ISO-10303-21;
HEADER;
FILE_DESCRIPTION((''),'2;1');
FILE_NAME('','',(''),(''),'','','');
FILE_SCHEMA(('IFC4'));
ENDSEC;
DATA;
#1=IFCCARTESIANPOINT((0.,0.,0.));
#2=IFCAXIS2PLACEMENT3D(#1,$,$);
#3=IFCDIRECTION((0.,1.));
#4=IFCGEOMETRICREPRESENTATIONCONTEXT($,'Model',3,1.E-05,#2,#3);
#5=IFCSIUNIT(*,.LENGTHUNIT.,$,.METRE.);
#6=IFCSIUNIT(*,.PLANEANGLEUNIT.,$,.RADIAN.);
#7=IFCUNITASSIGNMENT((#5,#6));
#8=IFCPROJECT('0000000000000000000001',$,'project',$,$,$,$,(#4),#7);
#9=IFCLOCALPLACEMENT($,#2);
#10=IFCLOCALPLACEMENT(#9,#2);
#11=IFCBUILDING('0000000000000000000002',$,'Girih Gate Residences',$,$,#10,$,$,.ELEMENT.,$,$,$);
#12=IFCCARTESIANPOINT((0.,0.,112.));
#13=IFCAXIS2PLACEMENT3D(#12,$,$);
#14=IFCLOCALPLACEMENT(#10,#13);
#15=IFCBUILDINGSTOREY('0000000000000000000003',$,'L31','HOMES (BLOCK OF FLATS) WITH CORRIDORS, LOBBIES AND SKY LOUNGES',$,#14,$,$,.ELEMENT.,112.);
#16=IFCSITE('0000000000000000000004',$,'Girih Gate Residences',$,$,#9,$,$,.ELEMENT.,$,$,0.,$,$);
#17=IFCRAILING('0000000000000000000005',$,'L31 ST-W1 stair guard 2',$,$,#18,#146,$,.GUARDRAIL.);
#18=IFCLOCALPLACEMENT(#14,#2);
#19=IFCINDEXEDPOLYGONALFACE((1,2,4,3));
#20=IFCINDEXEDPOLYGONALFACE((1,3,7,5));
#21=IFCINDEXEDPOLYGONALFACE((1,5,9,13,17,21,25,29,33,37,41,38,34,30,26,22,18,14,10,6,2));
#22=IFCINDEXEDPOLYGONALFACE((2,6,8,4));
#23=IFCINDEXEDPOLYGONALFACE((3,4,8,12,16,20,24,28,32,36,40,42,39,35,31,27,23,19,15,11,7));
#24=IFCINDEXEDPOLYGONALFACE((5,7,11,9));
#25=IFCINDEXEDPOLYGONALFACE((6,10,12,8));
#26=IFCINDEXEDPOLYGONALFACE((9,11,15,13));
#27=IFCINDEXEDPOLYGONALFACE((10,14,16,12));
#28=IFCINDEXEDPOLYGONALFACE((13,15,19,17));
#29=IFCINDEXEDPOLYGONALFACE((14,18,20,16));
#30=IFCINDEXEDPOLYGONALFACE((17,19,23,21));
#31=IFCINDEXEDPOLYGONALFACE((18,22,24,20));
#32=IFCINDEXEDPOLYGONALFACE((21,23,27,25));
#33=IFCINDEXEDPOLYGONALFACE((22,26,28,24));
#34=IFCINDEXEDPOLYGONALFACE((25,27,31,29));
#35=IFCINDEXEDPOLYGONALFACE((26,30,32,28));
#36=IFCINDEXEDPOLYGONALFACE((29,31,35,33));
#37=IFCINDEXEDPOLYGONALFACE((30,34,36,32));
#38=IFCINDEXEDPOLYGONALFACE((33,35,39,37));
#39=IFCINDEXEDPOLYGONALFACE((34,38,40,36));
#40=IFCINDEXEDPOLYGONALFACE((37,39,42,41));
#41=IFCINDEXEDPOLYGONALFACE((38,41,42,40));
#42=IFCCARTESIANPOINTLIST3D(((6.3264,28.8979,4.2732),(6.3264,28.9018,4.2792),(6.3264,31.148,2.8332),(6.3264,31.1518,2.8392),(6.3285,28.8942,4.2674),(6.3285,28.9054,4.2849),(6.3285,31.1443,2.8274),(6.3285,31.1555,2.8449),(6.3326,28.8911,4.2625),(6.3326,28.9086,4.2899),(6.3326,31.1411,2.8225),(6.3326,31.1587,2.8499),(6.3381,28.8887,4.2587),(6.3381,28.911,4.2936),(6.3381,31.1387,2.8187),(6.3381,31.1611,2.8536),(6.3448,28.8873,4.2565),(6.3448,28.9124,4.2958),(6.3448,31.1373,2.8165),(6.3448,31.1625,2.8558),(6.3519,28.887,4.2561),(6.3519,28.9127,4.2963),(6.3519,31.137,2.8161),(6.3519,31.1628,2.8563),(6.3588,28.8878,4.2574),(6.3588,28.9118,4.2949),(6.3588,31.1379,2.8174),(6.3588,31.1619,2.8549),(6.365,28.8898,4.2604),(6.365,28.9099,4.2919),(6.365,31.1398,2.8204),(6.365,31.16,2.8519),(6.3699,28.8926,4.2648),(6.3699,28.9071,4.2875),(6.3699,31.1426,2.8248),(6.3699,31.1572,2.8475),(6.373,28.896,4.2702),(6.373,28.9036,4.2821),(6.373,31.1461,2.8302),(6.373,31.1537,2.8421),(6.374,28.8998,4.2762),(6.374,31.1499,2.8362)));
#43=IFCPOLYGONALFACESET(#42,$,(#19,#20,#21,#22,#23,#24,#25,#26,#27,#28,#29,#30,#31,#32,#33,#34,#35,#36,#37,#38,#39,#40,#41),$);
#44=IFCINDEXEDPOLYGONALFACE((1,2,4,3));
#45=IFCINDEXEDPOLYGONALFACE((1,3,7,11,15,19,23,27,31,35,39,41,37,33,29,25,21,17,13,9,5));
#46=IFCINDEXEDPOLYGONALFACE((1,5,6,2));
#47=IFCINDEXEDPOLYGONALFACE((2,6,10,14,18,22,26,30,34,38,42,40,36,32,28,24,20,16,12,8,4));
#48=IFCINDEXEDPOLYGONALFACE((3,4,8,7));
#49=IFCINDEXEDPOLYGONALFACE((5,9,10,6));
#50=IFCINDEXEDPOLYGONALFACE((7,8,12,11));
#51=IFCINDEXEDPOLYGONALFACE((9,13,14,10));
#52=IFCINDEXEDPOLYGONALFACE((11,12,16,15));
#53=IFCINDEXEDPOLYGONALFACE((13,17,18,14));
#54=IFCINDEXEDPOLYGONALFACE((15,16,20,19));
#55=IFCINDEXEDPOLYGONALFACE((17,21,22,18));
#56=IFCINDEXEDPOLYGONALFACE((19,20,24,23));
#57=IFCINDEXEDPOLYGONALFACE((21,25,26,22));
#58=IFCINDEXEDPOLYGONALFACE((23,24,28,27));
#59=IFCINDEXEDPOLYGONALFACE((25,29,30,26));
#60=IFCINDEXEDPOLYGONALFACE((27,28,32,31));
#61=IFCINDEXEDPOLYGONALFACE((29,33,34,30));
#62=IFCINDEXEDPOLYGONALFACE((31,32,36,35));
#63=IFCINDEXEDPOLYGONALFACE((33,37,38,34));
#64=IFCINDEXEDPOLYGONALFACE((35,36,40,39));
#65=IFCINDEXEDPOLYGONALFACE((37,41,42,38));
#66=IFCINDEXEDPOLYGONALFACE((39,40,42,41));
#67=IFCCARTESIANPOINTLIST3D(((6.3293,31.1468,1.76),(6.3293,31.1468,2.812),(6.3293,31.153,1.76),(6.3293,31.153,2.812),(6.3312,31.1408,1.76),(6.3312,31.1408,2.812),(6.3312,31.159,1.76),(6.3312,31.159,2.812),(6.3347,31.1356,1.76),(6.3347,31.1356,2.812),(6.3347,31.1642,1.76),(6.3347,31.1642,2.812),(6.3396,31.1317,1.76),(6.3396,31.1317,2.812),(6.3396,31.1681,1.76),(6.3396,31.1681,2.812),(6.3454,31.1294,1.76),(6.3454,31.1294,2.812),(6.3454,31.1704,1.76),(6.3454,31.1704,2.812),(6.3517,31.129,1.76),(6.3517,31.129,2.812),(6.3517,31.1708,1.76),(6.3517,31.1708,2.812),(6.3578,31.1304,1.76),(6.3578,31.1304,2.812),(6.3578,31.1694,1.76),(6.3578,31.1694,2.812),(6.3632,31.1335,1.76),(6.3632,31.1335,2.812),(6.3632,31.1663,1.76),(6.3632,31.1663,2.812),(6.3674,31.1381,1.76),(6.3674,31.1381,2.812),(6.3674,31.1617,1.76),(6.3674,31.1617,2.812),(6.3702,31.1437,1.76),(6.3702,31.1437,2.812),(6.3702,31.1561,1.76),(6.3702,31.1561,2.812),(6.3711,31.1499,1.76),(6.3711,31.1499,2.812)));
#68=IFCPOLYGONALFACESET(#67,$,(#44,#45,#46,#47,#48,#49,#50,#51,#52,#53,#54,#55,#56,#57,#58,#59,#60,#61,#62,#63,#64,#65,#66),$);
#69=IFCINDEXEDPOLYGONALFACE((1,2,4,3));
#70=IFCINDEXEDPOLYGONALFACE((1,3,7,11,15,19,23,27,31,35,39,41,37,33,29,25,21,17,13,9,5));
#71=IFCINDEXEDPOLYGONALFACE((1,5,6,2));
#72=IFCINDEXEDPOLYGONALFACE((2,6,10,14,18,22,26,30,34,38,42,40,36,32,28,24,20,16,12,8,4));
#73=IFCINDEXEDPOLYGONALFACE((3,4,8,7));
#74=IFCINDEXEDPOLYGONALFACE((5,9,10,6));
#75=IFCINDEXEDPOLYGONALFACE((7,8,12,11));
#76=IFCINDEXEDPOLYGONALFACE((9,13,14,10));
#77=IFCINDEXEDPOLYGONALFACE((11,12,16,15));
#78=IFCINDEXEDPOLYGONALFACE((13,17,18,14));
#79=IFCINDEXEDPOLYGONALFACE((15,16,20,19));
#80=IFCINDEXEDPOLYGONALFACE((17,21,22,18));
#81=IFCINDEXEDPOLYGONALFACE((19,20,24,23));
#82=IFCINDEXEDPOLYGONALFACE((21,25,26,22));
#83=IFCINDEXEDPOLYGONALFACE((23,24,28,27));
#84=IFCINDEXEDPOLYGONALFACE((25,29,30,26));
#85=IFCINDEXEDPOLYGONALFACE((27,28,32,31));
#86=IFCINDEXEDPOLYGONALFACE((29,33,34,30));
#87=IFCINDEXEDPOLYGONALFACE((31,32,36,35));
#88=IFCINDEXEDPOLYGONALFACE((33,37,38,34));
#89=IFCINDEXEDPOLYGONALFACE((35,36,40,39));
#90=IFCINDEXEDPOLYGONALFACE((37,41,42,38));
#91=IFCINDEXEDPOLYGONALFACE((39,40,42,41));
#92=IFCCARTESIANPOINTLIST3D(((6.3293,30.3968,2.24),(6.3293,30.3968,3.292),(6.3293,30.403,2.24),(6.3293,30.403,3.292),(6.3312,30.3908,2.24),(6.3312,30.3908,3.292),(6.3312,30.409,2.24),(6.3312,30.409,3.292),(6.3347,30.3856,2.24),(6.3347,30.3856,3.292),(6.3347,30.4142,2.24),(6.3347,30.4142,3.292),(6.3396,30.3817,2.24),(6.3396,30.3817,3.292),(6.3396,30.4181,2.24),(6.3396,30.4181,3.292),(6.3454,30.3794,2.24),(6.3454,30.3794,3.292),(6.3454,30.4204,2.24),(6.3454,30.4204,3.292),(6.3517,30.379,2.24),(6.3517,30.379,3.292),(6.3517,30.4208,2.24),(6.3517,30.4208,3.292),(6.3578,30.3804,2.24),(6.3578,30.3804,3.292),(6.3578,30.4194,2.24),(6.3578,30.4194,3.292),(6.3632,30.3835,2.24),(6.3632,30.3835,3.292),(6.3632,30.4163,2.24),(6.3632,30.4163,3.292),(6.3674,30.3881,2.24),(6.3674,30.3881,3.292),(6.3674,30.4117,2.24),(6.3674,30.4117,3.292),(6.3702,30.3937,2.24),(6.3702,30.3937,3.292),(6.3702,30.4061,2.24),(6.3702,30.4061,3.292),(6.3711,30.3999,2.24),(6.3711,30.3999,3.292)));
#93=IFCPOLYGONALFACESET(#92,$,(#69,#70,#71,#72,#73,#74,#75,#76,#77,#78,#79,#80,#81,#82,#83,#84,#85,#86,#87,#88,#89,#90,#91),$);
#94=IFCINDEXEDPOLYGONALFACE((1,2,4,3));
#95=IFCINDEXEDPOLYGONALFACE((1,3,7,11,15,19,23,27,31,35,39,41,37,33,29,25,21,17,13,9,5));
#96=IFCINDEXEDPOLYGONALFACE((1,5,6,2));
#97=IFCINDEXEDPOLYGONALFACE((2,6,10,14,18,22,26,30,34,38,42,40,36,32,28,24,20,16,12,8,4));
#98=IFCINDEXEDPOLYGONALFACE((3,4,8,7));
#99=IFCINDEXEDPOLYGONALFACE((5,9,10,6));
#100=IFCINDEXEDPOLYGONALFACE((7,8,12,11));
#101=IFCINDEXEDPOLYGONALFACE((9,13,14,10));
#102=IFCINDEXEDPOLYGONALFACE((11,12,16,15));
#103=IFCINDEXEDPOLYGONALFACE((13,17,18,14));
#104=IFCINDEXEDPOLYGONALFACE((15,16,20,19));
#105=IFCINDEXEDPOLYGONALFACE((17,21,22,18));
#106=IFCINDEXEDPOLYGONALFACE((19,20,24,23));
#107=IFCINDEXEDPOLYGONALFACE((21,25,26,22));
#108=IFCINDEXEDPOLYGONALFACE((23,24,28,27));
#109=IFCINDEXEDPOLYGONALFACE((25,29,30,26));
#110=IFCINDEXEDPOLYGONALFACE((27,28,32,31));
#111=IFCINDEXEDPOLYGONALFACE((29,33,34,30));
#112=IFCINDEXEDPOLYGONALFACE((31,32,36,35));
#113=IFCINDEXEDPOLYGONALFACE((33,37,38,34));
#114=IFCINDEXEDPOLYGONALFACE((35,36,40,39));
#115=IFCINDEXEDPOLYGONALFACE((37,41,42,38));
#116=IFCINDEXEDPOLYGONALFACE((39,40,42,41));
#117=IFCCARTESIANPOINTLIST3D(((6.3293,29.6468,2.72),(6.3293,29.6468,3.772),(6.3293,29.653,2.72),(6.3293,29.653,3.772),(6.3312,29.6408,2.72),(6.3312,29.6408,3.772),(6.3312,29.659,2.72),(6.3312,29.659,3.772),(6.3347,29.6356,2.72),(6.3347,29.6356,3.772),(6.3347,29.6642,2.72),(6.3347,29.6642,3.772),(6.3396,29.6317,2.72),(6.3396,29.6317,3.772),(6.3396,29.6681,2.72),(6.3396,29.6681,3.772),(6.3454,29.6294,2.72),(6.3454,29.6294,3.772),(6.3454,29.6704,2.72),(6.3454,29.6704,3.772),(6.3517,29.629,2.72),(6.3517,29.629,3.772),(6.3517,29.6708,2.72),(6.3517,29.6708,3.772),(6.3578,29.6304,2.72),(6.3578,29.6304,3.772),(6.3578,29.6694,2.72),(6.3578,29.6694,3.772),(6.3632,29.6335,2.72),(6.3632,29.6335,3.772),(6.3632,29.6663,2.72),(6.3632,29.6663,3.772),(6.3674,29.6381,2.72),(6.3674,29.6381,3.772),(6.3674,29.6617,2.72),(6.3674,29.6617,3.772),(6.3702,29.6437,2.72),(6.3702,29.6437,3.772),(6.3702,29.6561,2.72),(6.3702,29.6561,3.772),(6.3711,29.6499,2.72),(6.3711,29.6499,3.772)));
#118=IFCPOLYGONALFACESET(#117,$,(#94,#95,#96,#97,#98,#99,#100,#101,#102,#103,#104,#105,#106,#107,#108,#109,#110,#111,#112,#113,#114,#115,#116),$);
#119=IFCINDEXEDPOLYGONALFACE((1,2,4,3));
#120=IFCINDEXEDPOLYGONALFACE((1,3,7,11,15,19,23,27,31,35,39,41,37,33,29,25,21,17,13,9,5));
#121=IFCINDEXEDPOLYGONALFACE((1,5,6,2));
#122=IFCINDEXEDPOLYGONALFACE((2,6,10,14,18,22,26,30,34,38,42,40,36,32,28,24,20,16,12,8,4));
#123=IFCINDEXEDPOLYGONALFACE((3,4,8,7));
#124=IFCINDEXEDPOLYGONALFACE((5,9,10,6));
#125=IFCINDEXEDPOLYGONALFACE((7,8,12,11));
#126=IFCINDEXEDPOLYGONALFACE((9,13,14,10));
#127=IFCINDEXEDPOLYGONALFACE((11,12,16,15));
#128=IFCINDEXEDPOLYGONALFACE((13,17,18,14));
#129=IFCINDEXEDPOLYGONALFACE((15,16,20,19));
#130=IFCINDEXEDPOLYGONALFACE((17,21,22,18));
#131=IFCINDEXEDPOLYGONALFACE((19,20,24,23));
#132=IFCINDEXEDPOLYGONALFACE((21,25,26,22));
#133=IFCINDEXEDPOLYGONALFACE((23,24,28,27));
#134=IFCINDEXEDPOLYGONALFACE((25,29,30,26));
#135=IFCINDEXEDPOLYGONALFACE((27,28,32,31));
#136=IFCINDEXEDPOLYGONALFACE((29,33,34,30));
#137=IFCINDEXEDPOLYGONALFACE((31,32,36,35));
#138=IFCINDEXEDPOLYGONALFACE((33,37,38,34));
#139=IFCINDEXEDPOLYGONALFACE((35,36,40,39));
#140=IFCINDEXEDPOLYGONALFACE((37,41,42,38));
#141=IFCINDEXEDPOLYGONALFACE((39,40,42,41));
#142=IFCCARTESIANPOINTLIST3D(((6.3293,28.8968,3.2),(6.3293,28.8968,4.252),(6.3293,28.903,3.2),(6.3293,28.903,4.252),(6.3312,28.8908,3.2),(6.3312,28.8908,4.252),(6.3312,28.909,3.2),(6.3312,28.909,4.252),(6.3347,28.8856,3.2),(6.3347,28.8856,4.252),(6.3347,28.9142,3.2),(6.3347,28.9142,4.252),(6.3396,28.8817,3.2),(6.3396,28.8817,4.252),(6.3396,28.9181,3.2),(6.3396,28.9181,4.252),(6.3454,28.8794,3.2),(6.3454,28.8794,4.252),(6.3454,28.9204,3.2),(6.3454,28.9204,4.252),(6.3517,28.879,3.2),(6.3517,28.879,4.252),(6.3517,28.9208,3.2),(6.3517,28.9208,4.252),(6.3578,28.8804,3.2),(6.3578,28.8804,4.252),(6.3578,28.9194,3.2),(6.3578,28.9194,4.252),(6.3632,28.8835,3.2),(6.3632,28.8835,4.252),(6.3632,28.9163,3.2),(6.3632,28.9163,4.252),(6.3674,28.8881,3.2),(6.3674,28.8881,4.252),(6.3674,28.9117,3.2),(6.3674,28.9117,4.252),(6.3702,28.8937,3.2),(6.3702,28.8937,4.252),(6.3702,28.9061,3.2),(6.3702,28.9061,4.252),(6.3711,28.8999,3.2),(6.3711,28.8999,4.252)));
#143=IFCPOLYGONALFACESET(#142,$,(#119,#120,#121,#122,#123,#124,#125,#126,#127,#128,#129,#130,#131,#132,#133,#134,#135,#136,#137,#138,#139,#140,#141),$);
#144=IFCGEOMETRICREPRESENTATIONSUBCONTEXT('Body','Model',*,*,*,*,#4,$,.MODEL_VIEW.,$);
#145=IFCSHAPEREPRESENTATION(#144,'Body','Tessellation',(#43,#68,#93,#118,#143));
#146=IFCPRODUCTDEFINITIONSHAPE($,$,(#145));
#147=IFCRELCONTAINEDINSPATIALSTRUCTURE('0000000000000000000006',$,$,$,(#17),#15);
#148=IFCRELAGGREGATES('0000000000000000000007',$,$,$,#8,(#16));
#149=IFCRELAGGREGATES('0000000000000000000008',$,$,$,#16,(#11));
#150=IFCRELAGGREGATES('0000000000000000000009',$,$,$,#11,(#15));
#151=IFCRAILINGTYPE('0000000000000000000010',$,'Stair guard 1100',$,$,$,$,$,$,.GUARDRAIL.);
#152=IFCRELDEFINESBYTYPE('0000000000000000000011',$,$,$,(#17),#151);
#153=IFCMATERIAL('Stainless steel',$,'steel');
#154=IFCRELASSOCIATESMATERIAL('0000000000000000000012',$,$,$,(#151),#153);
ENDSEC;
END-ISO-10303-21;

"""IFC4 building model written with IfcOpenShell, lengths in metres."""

from ifc_helpers import new_model, si_unit, direction, frame, origin, origin_2d, place, context, subcontext, project, spatial, circle, extrude, material, type_object, element, save


model = new_model("IFC4")

# Units and contexts
model_context = context("Model", 3, precision=1e-05, world=origin(), true_north=direction((0.0, 1.0)))
body_context = subcontext(model_context, "Body", "Model", "MODEL_VIEW")
ifc_project = project(units=[si_unit("LENGTHUNIT", "METRE"), si_unit("PLANEANGLEUNIT", "RADIAN")], contexts=[model_context])

# Site, building, storey
site_placement = place(None, origin())
site = spatial("IfcSite", under=ifc_project, at=site_placement, Name="Girih Gate Residences", CompositionType="ELEMENT", RefElevation=0.0)
building_placement = place(site_placement, origin())
building = spatial("IfcBuilding", under=site, at=building_placement, Name="Girih Gate Residences", CompositionType="ELEMENT")
storey_placement = place(building_placement, frame((0.0, 0.0, 112.0)))
storey = spatial("IfcBuildingStorey", under=building, at=storey_placement, Name="L31", Description="HOMES (BLOCK OF FLATS) WITH CORRIDORS, LOBBIES AND SKY LOUNGES", CompositionType="ELEMENT", Elevation=112.0)

# Shared definitions
ifc_material_1 = material(Name="Stainless steel", Category="steel")

# Railing
railing_type = type_object("IfcRailingType", Name="Stair guard 1100", PredefinedType="GUARDRAIL", material=ifc_material_1)
railing_placement = place(storey_placement, frame((6.3501, 31.1499, 1.76)))
element("IfcRailing", 1, at=railing_placement, inside=storey, type_object=railing_type, Name="L31 ST-W1 stair guard 2", PredefinedType="GUARDRAIL", context=body_context, shape_type="SweptSolid", body=[
    extrude(circle(Radius=0.0239, at=origin_2d()), frame((0.0, 0.0, 1.0762), z_axis=(0.0, -0.842281, 0.539038), x_axis=(1.0, 0.0, 0.0)), (0.0, 0.0, 1.0), 2.6714),
    extrude(circle(Radius=0.021, at=origin_2d()), origin(), (0.0, 0.0, 1.0), 1.052),
    extrude(circle(Radius=0.021, at=origin_2d()), frame((0.0, -0.75, 0.48)), (0.0, 0.0, 1.0), 1.052),
    extrude(circle(Radius=0.021, at=origin_2d()), frame((0.0, -1.5, 0.96)), (0.0, 0.0, 1.0), 1.052),
    extrude(circle(Radius=0.021, at=origin_2d()), frame((0.0, -2.25, 1.4399)), (0.0, 0.0, 1.0), 1.052),
])

save(model, "model.ifc")
